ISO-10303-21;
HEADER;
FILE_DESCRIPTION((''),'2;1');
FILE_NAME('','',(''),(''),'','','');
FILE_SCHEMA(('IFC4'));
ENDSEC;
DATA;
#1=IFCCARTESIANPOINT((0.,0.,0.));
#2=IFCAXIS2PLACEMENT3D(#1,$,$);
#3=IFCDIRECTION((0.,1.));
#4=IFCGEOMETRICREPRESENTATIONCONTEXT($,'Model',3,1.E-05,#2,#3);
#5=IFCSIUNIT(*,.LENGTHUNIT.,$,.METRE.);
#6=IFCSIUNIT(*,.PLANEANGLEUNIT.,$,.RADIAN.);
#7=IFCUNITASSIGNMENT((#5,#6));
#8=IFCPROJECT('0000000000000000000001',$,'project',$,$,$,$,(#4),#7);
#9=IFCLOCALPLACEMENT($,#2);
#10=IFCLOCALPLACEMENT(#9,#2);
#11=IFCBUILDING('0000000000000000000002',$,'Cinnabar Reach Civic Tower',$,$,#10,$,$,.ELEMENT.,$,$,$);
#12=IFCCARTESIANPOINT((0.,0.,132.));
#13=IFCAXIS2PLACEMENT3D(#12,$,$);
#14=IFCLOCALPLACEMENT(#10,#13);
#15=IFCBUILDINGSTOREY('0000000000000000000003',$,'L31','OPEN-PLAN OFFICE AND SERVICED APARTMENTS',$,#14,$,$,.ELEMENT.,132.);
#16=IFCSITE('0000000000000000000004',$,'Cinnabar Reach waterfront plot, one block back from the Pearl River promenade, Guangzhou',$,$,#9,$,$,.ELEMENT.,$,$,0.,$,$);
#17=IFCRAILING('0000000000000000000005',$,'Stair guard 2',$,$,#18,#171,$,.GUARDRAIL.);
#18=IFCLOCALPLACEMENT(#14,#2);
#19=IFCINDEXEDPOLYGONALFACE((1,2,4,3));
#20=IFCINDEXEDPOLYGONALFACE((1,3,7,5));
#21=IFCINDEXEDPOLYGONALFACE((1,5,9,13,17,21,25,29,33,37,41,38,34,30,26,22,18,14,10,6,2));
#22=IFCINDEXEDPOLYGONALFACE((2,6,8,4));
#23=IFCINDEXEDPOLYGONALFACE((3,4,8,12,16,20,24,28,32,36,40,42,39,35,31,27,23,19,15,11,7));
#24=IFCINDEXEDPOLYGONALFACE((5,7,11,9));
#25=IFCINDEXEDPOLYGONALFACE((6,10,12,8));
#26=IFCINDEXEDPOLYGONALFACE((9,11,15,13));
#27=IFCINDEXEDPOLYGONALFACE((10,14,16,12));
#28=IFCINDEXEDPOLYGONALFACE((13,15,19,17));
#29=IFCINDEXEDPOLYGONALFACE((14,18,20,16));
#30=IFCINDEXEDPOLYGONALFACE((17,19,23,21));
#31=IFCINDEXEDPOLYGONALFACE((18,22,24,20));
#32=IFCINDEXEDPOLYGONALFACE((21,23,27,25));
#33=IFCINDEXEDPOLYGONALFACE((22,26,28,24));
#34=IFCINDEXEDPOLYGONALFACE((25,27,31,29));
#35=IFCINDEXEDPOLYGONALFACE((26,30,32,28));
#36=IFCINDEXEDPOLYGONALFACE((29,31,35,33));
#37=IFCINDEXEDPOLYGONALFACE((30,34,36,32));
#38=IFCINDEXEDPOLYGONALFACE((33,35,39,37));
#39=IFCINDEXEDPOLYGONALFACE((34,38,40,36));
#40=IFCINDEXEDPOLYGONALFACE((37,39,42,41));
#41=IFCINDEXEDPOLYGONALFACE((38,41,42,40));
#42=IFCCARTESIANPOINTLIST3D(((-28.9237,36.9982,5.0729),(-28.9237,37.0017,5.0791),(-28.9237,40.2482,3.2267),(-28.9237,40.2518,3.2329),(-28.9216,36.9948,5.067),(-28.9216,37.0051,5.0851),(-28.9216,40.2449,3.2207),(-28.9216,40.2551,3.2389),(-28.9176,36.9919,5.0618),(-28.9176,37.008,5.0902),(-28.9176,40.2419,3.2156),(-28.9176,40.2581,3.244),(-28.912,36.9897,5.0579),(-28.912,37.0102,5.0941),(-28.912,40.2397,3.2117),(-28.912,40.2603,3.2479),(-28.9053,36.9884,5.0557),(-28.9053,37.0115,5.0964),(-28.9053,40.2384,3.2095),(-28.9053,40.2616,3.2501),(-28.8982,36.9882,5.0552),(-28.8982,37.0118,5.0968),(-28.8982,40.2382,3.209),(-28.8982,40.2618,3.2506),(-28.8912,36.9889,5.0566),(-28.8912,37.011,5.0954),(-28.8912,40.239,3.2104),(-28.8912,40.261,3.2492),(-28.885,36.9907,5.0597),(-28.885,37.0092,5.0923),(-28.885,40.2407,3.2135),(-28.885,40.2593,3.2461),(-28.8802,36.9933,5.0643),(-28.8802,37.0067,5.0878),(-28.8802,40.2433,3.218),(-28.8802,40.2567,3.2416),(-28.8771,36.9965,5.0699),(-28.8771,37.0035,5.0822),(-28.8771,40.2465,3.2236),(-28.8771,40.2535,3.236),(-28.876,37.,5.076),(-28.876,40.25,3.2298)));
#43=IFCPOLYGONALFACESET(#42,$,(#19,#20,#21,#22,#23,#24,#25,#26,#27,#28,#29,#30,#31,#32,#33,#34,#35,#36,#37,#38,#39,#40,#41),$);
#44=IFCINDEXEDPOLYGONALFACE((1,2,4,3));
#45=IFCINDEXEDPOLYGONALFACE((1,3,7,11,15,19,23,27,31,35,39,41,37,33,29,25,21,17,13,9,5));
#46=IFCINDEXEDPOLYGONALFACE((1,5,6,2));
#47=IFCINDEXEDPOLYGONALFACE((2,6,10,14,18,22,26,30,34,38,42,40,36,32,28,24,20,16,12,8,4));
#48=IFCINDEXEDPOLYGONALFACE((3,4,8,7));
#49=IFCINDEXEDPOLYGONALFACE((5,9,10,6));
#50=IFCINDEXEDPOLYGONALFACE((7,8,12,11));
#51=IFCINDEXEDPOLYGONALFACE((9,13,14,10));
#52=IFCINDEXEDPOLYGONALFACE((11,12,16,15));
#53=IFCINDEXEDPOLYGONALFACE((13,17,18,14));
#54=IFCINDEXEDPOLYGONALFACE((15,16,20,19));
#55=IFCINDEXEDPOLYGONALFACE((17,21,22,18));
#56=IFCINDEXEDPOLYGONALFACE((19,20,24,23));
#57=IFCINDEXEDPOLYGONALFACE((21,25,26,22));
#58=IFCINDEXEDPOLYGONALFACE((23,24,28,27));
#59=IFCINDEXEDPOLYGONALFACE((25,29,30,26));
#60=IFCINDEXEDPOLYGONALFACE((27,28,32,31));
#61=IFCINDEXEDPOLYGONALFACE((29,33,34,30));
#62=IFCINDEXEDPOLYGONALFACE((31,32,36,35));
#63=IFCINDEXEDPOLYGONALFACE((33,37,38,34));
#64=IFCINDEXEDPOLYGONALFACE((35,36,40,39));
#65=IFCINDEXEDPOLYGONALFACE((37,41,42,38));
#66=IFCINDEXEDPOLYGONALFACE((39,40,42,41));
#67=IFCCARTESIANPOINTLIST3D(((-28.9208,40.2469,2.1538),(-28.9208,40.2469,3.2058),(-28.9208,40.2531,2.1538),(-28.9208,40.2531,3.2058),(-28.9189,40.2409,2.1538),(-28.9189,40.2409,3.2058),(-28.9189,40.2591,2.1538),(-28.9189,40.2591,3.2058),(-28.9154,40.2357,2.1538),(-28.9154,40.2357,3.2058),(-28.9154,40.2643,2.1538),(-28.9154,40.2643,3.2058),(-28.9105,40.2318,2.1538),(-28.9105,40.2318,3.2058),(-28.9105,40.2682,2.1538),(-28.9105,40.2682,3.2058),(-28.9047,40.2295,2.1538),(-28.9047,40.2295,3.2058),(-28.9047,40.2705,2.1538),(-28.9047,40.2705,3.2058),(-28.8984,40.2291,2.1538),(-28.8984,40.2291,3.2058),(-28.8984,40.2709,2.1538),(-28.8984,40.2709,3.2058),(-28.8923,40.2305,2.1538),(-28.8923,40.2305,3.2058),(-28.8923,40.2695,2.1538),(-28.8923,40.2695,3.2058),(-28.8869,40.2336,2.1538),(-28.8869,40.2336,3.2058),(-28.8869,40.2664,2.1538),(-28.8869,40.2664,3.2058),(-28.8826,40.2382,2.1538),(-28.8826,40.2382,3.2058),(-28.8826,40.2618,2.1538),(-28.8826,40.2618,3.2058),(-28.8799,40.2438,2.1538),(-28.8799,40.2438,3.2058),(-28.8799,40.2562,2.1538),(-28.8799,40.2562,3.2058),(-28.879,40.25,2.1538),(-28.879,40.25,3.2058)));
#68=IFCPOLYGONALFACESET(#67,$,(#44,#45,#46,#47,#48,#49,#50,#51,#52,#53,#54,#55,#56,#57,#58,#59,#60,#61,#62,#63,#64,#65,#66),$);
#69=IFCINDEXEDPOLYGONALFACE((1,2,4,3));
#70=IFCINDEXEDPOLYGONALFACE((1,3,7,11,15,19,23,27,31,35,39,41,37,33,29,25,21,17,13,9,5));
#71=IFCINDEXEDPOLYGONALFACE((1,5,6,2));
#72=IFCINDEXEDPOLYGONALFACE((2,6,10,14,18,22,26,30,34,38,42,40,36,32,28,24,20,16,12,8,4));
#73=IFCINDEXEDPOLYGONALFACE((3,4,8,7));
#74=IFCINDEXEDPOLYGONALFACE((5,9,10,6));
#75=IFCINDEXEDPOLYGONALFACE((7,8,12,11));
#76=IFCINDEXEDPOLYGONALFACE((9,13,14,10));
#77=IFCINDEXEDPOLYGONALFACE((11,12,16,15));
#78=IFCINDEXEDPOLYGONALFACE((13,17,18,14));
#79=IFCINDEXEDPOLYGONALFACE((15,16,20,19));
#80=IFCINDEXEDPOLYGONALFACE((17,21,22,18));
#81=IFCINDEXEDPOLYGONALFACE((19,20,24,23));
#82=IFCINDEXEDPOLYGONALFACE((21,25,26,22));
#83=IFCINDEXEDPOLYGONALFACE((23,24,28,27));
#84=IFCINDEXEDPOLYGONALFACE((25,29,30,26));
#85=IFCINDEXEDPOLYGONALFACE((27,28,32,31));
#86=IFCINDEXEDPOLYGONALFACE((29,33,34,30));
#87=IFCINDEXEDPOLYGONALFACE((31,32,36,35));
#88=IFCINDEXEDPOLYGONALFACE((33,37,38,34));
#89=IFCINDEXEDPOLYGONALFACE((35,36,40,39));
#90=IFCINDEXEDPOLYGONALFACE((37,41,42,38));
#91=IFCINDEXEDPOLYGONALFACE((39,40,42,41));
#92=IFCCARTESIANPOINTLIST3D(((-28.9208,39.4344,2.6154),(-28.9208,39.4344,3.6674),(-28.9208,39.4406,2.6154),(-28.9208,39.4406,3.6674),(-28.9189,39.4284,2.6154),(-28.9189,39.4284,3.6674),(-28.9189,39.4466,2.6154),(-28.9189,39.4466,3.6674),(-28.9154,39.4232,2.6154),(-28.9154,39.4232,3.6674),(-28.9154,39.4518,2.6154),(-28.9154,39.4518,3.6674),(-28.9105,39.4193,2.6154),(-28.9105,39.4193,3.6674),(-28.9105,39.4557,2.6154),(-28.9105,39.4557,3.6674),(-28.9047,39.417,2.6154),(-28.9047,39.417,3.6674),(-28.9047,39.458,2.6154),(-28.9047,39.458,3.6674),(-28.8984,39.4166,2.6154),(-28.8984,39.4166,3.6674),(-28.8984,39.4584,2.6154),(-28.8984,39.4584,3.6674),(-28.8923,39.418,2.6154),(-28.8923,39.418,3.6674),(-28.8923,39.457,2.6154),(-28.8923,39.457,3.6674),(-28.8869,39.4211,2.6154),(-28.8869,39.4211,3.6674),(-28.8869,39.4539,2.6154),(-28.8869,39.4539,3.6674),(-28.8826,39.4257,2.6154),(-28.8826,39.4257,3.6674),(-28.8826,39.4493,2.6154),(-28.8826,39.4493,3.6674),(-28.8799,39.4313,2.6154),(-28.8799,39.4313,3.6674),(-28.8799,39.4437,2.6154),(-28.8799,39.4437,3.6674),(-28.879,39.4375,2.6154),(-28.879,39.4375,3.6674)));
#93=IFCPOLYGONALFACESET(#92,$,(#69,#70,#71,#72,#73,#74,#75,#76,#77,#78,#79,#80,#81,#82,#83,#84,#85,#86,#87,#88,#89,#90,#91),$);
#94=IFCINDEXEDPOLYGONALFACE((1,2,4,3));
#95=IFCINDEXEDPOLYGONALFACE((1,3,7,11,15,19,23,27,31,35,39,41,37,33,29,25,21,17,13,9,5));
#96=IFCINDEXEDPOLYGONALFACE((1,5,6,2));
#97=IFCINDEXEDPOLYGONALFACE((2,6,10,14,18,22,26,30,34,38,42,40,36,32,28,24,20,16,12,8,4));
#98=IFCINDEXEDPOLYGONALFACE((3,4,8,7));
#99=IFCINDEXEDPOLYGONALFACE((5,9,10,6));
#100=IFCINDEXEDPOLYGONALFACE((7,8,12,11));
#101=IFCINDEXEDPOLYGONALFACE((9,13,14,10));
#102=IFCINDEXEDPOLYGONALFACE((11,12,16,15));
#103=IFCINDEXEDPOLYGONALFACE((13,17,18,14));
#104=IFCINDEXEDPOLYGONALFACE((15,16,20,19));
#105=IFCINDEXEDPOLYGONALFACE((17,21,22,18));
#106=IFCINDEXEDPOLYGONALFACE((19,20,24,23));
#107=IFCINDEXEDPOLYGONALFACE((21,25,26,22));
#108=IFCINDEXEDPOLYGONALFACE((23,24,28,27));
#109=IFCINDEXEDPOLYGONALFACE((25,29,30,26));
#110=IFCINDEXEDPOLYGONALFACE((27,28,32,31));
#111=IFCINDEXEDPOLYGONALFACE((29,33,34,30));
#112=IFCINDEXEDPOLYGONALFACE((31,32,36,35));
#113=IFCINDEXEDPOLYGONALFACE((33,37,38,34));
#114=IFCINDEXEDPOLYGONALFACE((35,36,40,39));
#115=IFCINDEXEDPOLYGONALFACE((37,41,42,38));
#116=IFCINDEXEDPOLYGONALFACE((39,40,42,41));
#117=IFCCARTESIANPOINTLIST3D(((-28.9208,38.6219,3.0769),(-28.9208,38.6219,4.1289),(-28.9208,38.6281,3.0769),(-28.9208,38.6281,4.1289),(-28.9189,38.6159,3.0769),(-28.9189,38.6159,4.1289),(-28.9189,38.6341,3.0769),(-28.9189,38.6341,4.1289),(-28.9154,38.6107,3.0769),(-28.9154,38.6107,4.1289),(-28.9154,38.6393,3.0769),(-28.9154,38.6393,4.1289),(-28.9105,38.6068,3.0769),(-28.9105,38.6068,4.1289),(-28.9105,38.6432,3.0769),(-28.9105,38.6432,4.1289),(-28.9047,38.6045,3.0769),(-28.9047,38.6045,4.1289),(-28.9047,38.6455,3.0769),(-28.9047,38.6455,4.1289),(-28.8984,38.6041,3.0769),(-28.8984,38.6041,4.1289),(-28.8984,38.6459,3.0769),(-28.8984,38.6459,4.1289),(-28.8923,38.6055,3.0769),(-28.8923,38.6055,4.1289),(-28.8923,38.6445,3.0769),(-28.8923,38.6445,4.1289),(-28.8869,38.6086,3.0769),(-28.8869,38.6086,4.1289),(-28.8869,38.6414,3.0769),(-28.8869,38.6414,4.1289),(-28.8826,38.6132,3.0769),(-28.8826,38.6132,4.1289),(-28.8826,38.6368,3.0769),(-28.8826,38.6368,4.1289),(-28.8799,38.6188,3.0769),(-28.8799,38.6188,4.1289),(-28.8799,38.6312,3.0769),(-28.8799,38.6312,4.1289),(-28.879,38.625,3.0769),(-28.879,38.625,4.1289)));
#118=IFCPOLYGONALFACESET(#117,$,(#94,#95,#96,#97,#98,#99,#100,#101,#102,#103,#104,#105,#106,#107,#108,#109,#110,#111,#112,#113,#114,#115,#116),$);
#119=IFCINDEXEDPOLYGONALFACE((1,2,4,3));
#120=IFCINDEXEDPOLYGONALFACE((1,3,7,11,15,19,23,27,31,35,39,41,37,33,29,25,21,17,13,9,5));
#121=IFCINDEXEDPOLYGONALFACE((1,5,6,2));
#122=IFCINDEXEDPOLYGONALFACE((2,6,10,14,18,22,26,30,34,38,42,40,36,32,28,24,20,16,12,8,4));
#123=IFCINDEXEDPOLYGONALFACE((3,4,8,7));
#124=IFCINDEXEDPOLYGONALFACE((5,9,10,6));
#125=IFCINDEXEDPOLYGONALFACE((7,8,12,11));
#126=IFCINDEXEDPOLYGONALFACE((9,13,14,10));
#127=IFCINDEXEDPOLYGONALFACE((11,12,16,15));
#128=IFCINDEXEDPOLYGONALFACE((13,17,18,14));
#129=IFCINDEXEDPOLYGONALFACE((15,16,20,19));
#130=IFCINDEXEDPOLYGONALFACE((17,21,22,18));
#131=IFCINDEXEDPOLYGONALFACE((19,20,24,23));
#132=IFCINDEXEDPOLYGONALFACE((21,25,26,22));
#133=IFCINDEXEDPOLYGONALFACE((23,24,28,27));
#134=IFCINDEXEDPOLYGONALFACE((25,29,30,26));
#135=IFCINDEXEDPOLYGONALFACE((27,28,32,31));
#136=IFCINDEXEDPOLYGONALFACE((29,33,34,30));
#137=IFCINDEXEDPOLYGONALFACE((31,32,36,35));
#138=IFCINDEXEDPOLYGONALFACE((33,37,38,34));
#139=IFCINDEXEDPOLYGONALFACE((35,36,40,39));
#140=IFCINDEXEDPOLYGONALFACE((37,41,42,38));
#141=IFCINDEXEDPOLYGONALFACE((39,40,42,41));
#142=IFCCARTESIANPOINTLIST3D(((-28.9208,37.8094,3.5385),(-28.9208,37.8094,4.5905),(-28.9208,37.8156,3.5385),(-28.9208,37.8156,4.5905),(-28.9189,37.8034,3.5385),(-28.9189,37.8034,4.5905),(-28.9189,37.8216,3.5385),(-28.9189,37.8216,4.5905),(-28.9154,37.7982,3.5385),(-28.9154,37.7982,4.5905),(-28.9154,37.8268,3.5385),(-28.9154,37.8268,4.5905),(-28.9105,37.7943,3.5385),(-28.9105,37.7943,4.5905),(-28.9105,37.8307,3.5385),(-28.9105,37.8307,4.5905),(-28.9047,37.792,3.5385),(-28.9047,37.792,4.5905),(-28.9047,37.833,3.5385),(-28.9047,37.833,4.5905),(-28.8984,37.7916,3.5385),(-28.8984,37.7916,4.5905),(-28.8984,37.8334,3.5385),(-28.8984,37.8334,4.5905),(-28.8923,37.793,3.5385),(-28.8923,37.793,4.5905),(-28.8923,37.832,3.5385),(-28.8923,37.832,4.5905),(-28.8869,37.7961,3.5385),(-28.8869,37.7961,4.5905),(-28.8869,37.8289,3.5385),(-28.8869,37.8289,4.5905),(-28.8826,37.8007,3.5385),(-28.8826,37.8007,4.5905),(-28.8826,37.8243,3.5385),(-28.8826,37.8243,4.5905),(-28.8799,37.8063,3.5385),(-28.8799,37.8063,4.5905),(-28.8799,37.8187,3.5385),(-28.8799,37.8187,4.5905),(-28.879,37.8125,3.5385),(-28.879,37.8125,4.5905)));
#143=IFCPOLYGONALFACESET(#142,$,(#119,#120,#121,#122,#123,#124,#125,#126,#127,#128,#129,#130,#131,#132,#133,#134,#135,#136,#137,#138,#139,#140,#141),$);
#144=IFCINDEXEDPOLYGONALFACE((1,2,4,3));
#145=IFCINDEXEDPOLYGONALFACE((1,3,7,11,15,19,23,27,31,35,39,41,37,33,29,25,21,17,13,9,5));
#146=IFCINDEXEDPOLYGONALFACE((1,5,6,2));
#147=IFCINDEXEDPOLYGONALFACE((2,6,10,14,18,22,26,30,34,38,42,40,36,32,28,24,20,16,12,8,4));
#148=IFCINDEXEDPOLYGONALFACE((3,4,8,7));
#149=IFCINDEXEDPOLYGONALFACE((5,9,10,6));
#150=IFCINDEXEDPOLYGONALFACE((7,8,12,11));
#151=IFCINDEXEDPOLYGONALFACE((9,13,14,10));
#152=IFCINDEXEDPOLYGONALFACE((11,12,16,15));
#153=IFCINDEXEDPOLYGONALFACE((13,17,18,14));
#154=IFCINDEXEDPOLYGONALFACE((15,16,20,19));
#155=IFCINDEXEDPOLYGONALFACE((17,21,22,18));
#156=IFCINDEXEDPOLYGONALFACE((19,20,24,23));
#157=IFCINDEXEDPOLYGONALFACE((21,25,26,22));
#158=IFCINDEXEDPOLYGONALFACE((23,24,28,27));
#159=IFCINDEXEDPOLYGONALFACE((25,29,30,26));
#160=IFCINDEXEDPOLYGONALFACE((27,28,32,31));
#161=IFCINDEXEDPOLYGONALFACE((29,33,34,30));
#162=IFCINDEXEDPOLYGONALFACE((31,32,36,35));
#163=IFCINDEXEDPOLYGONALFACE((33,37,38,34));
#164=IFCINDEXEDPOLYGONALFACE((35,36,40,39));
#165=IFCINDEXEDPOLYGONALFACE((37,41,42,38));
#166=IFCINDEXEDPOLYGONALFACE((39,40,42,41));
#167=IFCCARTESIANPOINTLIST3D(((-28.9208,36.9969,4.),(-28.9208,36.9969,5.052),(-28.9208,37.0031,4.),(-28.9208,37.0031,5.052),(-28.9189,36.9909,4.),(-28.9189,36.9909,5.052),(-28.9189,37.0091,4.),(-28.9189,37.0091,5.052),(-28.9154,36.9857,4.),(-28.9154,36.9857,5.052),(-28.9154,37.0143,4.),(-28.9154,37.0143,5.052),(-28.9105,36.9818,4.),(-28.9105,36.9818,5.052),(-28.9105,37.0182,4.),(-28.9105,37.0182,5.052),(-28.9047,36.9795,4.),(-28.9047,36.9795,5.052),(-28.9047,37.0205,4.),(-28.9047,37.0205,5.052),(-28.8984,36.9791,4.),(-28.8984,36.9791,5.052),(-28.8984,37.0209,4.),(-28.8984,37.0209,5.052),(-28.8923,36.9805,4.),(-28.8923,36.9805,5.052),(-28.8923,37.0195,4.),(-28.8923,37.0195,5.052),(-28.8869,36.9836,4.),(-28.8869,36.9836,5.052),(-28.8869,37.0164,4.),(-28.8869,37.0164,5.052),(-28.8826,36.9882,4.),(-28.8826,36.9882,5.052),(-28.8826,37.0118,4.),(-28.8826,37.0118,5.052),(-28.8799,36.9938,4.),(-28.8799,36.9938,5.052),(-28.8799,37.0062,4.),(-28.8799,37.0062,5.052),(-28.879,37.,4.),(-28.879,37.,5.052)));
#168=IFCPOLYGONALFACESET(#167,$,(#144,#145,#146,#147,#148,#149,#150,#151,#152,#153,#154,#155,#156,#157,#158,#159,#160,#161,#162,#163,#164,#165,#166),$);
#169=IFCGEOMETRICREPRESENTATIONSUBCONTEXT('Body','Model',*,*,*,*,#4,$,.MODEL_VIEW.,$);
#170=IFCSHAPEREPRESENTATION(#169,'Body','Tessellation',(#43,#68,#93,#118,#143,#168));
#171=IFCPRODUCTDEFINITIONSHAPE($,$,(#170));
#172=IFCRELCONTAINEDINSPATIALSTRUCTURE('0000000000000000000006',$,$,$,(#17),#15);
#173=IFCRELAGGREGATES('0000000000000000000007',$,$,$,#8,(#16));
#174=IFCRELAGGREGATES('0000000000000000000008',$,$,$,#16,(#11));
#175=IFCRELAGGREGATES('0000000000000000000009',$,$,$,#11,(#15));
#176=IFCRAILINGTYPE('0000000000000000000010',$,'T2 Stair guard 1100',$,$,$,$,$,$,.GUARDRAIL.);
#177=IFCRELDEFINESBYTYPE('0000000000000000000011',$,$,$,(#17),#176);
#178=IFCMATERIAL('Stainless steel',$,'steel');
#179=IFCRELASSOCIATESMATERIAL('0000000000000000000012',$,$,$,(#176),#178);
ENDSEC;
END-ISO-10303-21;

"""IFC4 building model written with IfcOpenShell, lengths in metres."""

from ifc_helpers import new_model, si_unit, direction, frame, origin, origin_2d, place, context, subcontext, project, spatial, circle, extrude, material, type_object, element, save


model = new_model("IFC4")

# Units and contexts
model_context = context("Model", 3, precision=1e-05, world=origin(), true_north=direction((0.0, 1.0)))
body_context = subcontext(model_context, "Body", "Model", "MODEL_VIEW")
ifc_project = project(units=[si_unit("LENGTHUNIT", "METRE"), si_unit("PLANEANGLEUNIT", "RADIAN")], contexts=[model_context])

# Site, building, storey
site_placement = place(None, origin())
site = spatial("IfcSite", under=ifc_project, at=site_placement, Name="Cinnabar Reach waterfront plot, one block back from the Pearl River promenade, Guangzhou", CompositionType="ELEMENT", RefElevation=0.0)
building_placement = place(site_placement, origin())
building = spatial("IfcBuilding", under=site, at=building_placement, Name="Cinnabar Reach Civic Tower", CompositionType="ELEMENT")
storey_placement = place(building_placement, frame((0.0, 0.0, 132.0)))
storey = spatial("IfcBuildingStorey", under=building, at=storey_placement, Name="L31", Description="OPEN-PLAN OFFICE AND SERVICED APARTMENTS", CompositionType="ELEMENT", Elevation=132.0)

# Railing
ifc_material_1 = material(Name="Stainless steel", Category="steel")
railing_type = type_object("IfcRailingType", Name="T2 Stair guard 1100", PredefinedType="GUARDRAIL", material=ifc_material_1)
railing_1_placement = place(storey_placement, frame((-28.9, 40.25, 2.1538)))
element("IfcRailing", 1, at=railing_1_placement, inside=storey, type_object=railing_type, Name="Stair guard 2", PredefinedType="GUARDRAIL", context=body_context, shape_type="SweptSolid", body=[
    extrude(circle(Radius=0.024, at=origin_2d()), frame((0.0, 0.0, 1.076), z_axis=(0.0, -0.869501, 0.49393), x_axis=(1.0, 0.0, 0.0)), (0.0, 0.0, 1.0), 3.7378),
    extrude(circle(Radius=0.021, at=origin_2d()), origin(), (0.0, 0.0, 1.0), 1.052),
    extrude(circle(Radius=0.021, at=origin_2d()), frame((0.0, -0.8125, 0.4616)), (0.0, 0.0, 1.0), 1.052),
    extrude(circle(Radius=0.021, at=origin_2d()), frame((0.0, -1.625, 0.9231)), (0.0, 0.0, 1.0), 1.052),
    extrude(circle(Radius=0.021, at=origin_2d()), frame((0.0, -2.4375, 1.3847)), (0.0, 0.0, 1.0), 1.052),
    extrude(circle(Radius=0.021, at=origin_2d()), frame((0.0, -3.25, 1.8462)), (0.0, 0.0, 1.0), 1.052),
])

save(model, "model.ifc")
